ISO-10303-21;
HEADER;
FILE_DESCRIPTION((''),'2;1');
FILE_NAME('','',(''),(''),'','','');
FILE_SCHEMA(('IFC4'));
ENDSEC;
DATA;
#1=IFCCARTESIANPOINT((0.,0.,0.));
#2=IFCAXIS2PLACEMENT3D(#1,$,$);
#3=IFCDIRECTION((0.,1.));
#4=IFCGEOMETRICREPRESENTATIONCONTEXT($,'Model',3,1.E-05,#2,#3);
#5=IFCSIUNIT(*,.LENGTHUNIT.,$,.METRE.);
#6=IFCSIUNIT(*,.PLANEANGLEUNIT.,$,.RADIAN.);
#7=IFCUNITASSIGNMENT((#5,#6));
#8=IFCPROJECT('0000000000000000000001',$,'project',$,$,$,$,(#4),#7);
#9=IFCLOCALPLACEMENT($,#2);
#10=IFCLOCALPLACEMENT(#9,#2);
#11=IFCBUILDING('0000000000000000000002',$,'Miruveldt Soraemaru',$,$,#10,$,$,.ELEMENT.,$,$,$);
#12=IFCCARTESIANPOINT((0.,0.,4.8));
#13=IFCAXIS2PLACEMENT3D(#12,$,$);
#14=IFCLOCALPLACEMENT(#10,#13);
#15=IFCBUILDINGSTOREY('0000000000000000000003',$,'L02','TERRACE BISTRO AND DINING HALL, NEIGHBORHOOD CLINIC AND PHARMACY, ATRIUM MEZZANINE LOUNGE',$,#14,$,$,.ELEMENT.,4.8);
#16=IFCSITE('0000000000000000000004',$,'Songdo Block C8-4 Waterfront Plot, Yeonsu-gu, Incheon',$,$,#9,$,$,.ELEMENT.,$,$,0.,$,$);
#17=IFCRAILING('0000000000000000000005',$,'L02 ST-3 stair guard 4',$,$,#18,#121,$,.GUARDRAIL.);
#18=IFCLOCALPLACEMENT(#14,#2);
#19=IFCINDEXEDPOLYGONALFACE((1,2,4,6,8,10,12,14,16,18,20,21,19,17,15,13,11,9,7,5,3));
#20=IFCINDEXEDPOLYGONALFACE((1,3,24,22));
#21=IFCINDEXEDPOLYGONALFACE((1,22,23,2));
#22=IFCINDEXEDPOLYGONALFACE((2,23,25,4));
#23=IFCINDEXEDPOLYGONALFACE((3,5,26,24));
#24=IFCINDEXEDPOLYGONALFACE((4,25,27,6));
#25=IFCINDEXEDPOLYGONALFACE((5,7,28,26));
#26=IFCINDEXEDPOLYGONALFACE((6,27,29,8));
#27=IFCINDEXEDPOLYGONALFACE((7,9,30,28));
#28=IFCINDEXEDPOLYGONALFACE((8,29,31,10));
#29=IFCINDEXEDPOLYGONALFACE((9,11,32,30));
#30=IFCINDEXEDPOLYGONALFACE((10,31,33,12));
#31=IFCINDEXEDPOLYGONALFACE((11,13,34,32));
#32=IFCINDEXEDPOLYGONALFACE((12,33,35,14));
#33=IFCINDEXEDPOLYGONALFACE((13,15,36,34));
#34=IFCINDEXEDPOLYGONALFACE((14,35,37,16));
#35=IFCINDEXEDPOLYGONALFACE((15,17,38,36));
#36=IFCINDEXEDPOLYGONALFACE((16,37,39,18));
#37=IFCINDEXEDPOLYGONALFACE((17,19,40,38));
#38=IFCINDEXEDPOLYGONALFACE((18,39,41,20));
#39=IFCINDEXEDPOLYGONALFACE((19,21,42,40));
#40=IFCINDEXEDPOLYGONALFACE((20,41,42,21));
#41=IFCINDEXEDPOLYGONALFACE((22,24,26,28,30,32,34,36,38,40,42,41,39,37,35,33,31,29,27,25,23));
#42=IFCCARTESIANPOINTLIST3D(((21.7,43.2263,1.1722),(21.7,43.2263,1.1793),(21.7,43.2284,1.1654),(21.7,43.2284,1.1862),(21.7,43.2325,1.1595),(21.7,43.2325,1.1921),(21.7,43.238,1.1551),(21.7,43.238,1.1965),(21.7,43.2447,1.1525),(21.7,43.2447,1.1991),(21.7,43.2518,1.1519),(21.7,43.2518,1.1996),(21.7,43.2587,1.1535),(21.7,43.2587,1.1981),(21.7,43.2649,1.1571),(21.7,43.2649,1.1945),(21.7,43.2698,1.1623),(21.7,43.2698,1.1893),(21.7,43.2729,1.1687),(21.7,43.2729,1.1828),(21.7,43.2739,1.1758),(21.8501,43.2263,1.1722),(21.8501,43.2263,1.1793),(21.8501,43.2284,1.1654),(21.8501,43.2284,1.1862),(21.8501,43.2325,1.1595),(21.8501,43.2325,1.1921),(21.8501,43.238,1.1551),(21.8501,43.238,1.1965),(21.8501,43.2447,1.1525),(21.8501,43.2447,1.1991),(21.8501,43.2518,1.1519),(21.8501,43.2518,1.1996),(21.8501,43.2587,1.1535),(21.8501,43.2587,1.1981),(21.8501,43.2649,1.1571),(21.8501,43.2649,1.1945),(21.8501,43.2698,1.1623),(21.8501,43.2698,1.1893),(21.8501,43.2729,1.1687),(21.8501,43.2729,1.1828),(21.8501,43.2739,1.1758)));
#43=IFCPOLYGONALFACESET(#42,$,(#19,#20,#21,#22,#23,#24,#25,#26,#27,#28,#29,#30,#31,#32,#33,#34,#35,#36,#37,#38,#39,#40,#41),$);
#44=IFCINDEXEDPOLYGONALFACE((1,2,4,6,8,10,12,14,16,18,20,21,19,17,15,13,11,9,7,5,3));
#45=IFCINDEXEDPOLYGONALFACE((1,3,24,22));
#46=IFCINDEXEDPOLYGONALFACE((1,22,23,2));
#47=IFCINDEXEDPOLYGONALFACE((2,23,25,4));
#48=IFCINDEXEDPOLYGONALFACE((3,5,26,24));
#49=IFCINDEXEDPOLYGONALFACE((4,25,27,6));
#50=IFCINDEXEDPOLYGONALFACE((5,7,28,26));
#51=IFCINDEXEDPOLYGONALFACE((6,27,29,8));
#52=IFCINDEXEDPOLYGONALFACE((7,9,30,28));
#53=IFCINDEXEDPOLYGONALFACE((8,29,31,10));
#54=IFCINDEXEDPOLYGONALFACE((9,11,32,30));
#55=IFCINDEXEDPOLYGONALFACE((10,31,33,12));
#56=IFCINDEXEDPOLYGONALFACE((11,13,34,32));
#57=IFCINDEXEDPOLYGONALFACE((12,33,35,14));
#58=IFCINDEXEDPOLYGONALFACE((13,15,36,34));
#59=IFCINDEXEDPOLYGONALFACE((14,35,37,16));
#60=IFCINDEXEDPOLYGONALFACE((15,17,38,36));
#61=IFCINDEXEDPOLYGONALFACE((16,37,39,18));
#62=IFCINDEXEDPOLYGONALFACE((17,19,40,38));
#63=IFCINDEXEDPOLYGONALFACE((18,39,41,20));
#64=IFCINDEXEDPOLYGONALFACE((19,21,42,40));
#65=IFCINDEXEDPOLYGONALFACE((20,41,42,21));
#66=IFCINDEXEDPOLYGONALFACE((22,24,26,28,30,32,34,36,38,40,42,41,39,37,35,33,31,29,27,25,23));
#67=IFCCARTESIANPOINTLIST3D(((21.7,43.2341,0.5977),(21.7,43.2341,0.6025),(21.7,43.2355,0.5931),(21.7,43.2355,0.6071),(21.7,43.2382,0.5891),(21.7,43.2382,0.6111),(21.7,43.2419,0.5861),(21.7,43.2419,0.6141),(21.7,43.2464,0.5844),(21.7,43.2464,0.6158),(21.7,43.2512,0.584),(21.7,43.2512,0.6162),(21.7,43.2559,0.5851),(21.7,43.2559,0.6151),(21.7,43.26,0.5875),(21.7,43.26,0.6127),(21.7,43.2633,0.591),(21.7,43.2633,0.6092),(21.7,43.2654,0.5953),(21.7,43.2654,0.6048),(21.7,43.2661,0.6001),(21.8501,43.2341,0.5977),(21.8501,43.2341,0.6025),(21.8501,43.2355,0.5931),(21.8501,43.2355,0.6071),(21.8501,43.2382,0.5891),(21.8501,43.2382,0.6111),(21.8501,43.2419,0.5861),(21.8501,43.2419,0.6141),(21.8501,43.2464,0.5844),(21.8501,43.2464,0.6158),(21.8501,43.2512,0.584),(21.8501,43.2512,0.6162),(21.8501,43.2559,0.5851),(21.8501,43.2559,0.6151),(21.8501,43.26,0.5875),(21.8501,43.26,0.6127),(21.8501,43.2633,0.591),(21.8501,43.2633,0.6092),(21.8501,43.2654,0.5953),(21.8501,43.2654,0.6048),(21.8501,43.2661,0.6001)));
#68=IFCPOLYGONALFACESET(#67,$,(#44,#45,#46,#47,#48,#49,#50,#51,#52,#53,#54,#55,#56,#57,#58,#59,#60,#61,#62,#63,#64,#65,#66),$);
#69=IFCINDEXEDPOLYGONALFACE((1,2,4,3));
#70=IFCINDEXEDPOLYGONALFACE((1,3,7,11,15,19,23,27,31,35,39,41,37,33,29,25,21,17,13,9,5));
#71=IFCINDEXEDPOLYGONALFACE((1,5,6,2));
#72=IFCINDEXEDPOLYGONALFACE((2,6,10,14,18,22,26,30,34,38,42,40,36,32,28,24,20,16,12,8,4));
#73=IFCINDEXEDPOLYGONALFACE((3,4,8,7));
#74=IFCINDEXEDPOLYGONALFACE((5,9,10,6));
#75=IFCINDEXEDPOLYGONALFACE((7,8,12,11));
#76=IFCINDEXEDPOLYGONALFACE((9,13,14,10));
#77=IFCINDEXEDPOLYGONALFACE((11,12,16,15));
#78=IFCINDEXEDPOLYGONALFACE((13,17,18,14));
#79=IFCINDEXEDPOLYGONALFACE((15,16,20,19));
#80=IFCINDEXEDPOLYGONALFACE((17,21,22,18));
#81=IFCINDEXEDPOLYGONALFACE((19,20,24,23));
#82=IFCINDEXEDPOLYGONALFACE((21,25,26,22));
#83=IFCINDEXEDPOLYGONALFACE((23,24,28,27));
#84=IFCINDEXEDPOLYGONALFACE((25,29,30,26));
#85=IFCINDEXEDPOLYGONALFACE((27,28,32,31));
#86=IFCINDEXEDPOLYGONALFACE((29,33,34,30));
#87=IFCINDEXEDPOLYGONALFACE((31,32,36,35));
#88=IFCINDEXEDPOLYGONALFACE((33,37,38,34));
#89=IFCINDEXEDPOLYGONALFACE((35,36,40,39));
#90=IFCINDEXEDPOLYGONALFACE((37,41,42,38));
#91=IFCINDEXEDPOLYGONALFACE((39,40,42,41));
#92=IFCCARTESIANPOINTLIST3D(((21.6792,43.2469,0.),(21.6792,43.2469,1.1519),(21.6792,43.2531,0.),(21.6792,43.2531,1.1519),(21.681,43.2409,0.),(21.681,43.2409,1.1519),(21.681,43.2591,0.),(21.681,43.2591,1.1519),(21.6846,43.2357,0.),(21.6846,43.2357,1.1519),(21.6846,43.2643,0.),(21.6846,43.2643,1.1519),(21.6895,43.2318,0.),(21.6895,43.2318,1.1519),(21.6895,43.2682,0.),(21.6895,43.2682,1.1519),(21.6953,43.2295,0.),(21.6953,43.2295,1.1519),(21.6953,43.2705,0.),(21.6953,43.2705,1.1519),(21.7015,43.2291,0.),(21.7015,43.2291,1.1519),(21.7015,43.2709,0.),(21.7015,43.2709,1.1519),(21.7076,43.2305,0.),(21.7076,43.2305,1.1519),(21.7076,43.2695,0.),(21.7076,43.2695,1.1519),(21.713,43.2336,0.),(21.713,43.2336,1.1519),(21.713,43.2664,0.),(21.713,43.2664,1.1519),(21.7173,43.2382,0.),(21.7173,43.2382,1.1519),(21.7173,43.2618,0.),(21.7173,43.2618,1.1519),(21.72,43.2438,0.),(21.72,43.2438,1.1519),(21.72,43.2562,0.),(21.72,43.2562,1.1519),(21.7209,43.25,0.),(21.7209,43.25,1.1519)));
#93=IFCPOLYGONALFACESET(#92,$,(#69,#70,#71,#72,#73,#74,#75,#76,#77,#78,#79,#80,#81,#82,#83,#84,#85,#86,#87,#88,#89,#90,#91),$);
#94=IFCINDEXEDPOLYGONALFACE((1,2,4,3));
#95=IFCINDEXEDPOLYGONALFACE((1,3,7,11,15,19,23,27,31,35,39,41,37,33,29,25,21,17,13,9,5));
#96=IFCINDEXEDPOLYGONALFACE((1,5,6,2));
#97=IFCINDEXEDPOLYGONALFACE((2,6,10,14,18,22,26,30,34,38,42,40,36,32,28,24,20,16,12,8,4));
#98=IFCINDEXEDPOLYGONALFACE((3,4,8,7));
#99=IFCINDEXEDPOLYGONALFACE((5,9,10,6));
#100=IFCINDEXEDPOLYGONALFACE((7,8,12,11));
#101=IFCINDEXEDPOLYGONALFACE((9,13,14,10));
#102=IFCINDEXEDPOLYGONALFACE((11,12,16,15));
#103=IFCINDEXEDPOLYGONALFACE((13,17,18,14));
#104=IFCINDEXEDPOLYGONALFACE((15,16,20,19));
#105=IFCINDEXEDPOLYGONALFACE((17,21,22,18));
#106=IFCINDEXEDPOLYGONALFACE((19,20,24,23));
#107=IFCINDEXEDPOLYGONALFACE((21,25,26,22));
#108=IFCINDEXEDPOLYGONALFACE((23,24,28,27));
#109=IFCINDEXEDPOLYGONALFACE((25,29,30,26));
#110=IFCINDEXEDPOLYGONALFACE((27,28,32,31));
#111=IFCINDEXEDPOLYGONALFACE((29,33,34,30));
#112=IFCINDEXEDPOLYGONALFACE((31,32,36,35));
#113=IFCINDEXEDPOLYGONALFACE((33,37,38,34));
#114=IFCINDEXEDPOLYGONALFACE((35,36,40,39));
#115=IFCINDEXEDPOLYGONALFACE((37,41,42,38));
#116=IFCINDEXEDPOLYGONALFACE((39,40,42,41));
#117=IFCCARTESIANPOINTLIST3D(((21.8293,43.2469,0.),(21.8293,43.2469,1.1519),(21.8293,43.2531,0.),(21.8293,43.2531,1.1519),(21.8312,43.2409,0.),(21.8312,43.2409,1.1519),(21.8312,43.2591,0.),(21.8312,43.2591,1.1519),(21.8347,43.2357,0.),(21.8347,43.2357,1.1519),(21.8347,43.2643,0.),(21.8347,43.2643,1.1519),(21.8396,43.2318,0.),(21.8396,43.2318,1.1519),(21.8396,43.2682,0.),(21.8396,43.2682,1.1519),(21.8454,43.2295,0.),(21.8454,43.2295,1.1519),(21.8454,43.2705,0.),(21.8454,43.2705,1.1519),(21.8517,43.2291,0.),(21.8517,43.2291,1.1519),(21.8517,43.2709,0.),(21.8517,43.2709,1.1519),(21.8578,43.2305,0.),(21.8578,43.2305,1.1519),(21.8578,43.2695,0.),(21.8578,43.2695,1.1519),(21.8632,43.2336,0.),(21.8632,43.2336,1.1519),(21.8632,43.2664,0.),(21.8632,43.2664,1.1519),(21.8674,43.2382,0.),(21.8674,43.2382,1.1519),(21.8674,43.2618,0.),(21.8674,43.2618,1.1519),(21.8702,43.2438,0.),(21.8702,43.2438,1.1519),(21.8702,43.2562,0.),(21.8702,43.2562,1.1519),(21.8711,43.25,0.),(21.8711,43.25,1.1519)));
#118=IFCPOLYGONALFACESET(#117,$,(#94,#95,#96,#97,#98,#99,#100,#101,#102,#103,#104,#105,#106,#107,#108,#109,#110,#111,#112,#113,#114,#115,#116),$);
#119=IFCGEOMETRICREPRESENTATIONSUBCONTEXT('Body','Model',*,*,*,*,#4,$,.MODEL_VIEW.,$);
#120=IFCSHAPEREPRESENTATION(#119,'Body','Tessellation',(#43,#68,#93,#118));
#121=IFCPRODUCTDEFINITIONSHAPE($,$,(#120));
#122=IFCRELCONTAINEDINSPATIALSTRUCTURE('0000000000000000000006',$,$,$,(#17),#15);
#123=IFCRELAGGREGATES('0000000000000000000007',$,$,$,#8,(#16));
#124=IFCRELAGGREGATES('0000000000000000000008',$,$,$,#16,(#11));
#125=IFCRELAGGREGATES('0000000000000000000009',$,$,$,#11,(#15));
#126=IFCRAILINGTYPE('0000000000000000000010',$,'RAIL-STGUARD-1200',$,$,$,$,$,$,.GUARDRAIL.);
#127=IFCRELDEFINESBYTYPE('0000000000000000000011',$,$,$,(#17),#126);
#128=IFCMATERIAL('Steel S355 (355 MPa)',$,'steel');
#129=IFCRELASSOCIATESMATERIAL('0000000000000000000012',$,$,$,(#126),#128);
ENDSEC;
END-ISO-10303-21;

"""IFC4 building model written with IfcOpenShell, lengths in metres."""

from ifc_helpers import new_model, si_unit, direction, frame, origin, origin_2d, place, context, subcontext, project, spatial, circle, extrude, material, type_object, element, save


model = new_model("IFC4")

# Units and contexts
model_context = context("Model", 3, precision=1e-05, world=origin(), true_north=direction((0.0, 1.0)))
body_context = subcontext(model_context, "Body", "Model", "MODEL_VIEW")
ifc_project = project(units=[si_unit("LENGTHUNIT", "METRE"), si_unit("PLANEANGLEUNIT", "RADIAN")], contexts=[model_context])

# Site, building, storey
site_placement = place(None, origin())
site = spatial("IfcSite", under=ifc_project, at=site_placement, Name="Songdo Block C8-4 Waterfront Plot, Yeonsu-gu, Incheon", CompositionType="ELEMENT", RefElevation=0.0)
building_placement = place(site_placement, origin())
building = spatial("IfcBuilding", under=site, at=building_placement, Name="Miruveldt Soraemaru", CompositionType="ELEMENT")
storey_placement = place(building_placement, frame((0.0, 0.0, 4.8)))
storey = spatial("IfcBuildingStorey", under=building, at=storey_placement, Name="L02", Description="TERRACE BISTRO AND DINING HALL, NEIGHBORHOOD CLINIC AND PHARMACY, ATRIUM MEZZANINE LOUNGE", CompositionType="ELEMENT", Elevation=4.8)

# Railing
ifc_material_1 = material(Name="Steel S355 (355 MPa)", Category="steel")
railing_type_1 = type_object("IfcRailingType", Name="RAIL-STGUARD-1200", PredefinedType="GUARDRAIL", material=ifc_material_1)
railing_1_placement = place(storey_placement, frame((21.7, 43.25, 0.0)))
element("IfcRailing", 1, at=railing_1_placement, inside=storey, type_object=railing_type_1, Name="L02 ST-3 stair guard 4", PredefinedType="GUARDRAIL", context=body_context, shape_type="SweptSolid", body=[
    extrude(circle(Radius=0.0239, at=origin_2d()), frame((0.0, 0.0, 1.1758), z_axis=(1.0, 0.0, 0.0), x_axis=(0.0, 1.0, 0.0)), (0.0, 0.0, 1.0), 0.1501),
    extrude(circle(Radius=0.0161, at=origin_2d()), frame((0.0, 0.0, 0.6001), z_axis=(1.0, 0.0, 0.0), x_axis=(0.0, 1.0, 0.0)), (0.0, 0.0, 1.0), 0.1501),
    extrude(circle(Radius=0.021, at=origin_2d()), origin(), (0.0, 0.0, 1.0), 1.1519),
    extrude(circle(Radius=0.021, at=origin_2d()), frame((0.1501, 0.0, 0.0)), (0.0, 0.0, 1.0), 1.1519),
])

save(model, "model.ifc")
